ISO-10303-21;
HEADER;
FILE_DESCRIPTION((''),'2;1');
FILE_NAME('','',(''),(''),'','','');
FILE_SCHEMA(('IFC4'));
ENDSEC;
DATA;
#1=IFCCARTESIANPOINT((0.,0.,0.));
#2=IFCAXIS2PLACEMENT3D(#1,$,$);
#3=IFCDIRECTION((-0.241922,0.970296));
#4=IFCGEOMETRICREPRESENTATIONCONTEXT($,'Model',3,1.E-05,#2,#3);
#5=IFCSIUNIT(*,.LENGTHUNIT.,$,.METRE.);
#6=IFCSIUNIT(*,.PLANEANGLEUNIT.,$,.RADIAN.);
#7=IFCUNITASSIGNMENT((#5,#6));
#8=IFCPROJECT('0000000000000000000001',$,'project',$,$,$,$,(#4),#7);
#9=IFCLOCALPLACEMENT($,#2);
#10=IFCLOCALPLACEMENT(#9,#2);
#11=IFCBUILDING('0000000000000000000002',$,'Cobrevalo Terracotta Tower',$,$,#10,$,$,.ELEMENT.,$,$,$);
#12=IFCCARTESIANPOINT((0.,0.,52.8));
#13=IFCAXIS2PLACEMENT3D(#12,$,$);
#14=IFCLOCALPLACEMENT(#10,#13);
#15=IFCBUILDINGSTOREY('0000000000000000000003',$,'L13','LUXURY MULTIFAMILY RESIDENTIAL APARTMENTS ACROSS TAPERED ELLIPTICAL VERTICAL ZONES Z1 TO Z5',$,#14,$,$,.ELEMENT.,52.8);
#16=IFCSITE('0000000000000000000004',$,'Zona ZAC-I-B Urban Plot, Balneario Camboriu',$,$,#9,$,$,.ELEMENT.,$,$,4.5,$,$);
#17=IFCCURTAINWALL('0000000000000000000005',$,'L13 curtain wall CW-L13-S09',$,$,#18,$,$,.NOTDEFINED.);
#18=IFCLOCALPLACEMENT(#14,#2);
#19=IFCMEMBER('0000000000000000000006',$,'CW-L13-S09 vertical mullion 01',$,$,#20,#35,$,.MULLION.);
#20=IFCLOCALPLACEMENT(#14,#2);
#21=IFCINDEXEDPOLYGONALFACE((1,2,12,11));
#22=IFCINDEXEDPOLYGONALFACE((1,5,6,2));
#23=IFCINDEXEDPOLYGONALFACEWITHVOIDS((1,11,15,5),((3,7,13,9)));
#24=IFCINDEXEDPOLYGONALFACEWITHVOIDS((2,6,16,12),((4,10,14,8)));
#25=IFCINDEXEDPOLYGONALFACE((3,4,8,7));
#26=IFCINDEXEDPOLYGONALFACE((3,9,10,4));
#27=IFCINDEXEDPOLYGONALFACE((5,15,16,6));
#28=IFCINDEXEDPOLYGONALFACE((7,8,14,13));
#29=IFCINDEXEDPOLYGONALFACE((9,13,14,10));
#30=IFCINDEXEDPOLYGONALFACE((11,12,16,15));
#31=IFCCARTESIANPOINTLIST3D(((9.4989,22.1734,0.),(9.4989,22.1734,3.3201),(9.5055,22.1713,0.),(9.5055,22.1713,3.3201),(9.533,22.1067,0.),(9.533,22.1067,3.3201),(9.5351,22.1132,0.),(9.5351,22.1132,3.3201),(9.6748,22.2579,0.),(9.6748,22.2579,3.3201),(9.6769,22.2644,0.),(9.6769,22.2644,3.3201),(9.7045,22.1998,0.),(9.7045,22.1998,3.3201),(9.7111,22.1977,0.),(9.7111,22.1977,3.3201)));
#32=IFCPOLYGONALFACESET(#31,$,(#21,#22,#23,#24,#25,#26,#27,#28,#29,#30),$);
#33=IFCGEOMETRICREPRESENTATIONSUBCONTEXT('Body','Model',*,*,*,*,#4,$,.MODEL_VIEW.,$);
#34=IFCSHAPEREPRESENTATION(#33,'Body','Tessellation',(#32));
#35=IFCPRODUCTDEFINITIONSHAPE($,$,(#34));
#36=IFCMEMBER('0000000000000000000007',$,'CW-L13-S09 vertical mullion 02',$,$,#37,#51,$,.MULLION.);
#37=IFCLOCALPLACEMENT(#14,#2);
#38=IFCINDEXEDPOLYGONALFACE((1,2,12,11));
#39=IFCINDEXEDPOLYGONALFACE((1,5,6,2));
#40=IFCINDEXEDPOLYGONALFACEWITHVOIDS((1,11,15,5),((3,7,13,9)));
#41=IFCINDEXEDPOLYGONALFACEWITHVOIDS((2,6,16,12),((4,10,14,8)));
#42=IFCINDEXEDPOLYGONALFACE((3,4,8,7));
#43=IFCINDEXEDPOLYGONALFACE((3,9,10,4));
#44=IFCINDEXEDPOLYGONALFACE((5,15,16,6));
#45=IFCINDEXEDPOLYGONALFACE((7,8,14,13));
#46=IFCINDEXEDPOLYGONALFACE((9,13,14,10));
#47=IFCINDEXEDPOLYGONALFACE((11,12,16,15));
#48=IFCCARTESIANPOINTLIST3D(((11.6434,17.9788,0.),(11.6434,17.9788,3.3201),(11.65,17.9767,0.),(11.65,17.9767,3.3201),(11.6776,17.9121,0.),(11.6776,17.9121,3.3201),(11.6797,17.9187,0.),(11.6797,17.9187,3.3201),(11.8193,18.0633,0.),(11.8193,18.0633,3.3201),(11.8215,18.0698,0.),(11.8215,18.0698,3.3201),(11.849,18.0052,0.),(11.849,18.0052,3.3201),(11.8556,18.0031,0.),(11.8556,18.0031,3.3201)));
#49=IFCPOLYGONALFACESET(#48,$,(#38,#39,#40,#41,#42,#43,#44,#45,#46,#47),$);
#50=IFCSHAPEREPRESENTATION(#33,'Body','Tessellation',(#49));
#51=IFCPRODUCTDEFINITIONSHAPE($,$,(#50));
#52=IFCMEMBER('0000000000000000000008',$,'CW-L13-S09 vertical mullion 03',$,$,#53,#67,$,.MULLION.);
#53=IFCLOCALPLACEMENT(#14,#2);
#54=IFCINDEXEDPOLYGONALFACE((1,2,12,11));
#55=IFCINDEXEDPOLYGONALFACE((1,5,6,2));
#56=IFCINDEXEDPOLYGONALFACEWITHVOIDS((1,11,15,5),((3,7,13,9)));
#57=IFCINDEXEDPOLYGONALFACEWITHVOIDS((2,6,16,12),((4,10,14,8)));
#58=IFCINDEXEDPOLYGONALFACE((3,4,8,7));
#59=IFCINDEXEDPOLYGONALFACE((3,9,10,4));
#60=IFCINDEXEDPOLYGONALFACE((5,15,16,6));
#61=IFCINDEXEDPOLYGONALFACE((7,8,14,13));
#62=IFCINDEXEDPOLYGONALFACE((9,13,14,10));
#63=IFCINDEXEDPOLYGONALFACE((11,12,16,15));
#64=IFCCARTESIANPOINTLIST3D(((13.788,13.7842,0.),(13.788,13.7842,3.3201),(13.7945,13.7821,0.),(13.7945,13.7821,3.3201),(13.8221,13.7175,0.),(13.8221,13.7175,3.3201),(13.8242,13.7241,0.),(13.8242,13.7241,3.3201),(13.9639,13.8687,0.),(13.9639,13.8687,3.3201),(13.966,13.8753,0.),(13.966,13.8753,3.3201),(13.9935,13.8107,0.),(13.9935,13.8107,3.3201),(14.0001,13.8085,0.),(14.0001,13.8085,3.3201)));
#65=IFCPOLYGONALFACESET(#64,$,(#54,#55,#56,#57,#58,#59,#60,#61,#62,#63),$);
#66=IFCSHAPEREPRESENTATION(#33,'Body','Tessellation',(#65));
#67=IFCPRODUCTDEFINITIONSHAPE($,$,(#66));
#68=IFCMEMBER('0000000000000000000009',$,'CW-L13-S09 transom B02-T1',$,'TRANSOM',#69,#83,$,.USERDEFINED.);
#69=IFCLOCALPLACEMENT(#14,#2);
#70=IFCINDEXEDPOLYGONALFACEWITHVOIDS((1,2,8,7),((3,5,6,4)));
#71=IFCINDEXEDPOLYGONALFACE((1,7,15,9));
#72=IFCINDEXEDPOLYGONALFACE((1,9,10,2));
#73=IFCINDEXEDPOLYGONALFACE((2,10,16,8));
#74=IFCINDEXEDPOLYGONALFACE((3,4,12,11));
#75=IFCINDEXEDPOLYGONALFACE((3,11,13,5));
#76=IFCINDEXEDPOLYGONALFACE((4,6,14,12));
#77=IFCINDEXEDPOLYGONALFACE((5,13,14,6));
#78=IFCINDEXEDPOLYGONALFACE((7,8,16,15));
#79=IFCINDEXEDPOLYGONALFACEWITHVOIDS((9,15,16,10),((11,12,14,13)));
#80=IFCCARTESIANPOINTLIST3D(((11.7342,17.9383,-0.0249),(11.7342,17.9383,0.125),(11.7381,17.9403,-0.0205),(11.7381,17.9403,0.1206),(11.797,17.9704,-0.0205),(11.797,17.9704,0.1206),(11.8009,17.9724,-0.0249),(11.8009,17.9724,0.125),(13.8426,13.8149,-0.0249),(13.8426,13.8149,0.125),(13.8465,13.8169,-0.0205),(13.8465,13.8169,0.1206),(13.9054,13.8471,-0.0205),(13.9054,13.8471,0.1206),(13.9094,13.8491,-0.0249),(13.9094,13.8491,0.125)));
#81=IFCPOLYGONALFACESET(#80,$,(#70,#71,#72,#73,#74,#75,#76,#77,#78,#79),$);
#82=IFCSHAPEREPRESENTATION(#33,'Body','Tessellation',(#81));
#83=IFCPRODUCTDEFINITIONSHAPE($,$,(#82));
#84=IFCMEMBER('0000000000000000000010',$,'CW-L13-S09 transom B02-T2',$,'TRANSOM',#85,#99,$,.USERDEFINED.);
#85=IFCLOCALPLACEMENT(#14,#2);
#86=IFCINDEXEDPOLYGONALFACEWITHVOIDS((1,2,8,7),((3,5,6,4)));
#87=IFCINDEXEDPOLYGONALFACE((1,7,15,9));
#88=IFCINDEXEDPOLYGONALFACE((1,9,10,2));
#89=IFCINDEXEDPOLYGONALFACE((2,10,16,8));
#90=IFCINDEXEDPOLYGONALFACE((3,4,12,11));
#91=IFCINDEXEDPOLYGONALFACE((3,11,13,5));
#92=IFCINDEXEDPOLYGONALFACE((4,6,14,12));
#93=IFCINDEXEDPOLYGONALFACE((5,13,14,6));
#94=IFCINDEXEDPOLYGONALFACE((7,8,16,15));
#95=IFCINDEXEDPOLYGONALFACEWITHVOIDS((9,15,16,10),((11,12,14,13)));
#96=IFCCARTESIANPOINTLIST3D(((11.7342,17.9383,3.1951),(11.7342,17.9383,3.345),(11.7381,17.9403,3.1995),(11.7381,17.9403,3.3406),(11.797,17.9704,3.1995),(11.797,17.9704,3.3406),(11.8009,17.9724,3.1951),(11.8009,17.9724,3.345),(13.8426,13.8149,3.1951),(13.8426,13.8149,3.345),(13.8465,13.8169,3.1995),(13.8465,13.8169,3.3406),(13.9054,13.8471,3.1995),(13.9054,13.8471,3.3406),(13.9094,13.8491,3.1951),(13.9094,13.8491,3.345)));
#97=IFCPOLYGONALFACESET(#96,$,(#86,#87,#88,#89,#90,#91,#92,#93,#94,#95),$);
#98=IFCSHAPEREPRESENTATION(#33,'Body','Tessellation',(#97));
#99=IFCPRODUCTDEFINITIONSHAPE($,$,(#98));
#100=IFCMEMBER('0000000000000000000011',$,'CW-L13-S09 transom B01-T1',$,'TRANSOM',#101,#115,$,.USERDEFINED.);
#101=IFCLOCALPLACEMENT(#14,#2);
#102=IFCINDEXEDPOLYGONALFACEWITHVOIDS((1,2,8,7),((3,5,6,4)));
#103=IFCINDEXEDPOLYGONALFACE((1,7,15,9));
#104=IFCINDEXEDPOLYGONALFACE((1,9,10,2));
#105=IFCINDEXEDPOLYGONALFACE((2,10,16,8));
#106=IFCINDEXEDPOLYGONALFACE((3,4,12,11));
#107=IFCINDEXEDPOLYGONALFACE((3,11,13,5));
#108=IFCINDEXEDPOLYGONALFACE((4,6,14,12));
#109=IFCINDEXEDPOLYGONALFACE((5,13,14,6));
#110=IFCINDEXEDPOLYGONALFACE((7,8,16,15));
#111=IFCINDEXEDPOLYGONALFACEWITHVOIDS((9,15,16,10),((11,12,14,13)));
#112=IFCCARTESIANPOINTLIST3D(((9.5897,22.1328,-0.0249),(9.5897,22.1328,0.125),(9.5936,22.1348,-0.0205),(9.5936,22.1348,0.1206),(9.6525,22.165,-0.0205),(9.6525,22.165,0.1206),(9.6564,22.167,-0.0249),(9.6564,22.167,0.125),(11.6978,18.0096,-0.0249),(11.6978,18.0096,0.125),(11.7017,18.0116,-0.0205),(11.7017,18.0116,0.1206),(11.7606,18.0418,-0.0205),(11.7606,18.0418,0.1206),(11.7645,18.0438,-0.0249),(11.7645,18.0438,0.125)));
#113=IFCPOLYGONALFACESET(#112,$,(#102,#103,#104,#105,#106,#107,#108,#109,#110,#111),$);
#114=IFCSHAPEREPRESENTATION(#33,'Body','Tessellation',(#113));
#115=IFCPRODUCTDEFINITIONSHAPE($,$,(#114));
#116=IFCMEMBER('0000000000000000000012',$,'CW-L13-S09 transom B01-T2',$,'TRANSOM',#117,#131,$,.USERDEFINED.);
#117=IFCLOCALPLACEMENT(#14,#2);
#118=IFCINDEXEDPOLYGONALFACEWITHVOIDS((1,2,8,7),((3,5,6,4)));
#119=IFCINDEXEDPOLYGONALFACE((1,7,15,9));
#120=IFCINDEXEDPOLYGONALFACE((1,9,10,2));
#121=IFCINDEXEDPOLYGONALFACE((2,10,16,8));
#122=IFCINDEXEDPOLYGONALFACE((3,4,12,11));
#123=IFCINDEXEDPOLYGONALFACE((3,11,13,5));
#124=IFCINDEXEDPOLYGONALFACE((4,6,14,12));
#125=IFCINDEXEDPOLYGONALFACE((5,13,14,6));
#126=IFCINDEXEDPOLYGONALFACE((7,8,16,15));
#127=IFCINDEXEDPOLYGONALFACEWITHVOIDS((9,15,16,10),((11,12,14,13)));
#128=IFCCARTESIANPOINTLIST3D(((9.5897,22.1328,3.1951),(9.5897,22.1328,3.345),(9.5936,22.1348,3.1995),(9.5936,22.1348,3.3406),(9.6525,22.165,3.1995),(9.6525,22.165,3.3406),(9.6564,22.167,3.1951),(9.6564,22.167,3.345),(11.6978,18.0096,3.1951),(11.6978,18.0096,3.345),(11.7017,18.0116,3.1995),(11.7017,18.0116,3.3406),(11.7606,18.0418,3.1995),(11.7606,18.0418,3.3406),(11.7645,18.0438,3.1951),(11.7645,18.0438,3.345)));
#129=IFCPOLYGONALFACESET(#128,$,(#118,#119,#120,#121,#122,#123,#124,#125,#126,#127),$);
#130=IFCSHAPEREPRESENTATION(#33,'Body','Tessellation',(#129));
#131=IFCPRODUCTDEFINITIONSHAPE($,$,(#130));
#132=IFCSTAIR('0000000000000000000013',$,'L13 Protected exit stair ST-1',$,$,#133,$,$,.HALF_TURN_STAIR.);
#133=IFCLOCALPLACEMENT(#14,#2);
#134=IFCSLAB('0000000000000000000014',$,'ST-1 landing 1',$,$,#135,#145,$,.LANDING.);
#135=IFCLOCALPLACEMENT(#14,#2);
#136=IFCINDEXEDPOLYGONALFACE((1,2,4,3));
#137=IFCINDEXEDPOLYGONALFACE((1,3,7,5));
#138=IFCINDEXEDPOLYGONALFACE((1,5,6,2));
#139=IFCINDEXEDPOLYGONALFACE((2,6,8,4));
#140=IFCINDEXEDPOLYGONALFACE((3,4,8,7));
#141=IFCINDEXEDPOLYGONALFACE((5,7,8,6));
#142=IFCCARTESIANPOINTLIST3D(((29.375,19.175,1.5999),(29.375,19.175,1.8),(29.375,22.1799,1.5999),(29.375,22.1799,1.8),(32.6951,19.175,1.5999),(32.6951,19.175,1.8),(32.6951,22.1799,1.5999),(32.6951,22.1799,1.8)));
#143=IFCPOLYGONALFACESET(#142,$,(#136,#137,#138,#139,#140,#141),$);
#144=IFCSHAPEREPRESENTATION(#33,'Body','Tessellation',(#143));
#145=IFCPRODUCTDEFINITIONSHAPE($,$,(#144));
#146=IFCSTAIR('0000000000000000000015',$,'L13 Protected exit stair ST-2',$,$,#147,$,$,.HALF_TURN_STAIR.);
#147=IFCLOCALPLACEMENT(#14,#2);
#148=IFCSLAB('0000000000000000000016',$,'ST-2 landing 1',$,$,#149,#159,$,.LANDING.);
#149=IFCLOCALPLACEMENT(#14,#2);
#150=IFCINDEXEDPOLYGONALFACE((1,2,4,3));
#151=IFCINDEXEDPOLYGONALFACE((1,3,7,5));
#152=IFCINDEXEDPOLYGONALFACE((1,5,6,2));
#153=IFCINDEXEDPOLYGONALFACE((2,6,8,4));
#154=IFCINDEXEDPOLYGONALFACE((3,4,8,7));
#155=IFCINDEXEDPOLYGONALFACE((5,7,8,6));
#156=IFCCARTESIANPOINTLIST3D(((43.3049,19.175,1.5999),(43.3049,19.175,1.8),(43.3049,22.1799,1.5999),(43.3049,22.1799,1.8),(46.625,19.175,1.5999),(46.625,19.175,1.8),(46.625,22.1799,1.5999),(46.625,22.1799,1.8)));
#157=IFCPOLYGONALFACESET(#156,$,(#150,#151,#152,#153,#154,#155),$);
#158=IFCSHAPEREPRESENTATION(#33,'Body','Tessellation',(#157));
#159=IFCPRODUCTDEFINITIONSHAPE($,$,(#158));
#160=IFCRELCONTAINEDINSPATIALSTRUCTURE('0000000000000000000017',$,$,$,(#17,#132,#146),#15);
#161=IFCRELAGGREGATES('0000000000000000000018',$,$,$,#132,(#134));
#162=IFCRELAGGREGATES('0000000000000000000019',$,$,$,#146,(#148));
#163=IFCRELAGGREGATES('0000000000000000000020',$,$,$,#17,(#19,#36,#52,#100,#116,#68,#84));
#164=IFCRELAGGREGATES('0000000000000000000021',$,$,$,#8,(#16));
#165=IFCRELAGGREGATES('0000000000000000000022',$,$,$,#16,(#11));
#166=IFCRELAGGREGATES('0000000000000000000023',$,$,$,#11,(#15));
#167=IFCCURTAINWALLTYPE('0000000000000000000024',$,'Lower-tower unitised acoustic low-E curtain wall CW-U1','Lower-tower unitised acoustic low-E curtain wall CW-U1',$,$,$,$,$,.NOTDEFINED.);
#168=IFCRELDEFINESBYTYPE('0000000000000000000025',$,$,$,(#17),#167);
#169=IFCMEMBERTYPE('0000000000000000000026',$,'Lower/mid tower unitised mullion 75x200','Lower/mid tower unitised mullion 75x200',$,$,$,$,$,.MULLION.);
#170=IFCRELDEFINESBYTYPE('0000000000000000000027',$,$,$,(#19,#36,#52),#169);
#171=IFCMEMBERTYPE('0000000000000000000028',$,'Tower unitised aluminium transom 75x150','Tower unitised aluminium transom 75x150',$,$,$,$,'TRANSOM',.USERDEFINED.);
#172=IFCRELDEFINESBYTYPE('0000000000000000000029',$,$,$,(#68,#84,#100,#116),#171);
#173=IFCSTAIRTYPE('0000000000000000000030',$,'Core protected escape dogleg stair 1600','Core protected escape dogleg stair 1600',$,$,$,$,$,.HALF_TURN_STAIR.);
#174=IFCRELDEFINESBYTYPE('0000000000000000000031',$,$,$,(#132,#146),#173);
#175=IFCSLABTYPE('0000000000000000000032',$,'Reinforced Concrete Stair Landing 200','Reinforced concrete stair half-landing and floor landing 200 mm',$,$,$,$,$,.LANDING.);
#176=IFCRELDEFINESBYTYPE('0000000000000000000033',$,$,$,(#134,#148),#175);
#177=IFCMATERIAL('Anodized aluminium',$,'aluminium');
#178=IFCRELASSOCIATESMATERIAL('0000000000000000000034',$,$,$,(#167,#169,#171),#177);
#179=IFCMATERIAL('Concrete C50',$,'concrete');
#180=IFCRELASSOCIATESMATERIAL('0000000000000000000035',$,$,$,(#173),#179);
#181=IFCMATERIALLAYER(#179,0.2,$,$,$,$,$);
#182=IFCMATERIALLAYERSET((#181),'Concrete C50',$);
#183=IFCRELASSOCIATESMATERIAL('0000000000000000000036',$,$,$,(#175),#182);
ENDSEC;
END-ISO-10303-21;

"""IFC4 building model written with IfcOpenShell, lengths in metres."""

from ifc_helpers import new_model, si_unit, direction, frame, origin, origin_2d, place, context, subcontext, project, spatial, polyline, hollow_rectangle, outline, extrude, source, transform, mapped, material, layer, layer_set, material_profile, profile_set, type_object, element, aggregate, save


model = new_model("IFC4")

# Units and contexts
model_context = context("Model", 3, precision=1e-05, world=origin(), true_north=direction((-0.241922, 0.970296)))
body_context = subcontext(model_context, "Body", "Model", "MODEL_VIEW")
ifc_project = project(units=[si_unit("LENGTHUNIT", "METRE"), si_unit("PLANEANGLEUNIT", "RADIAN")], contexts=[model_context])

# Site, building, storey
site_placement = place(None, origin())
site = spatial("IfcSite", under=ifc_project, at=site_placement, Name="Zona ZAC-I-B Urban Plot, Balneario Camboriu", CompositionType="ELEMENT", RefElevation=4.5)
building_placement = place(site_placement, origin())
building = spatial("IfcBuilding", under=site, at=building_placement, Name="Cobrevalo Terracotta Tower", CompositionType="ELEMENT")
storey_placement = place(building_placement, frame((0.0, 0.0, 52.8)))
storey = spatial("IfcBuildingStorey", under=building, at=storey_placement, Name="L13", Description="LUXURY MULTIFAMILY RESIDENTIAL APARTMENTS ACROSS TAPERED ELLIPTICAL VERTICAL ZONES Z1 TO Z5", CompositionType="ELEMENT", Elevation=52.8)

# Curtain wall, members
ifc_material_1 = material(Name="Anodized aluminium", Category="aluminium")
curtain_wall_type = type_object("IfcCurtainWallType", Name="Lower-tower unitised acoustic low-E curtain wall CW-U1", Description="Lower-tower unitised acoustic low-E curtain wall CW-U1", PredefinedType="NOTDEFINED", material=ifc_material_1)
curtain_wall_placement = place(storey_placement, origin())
curtain_wall = element("IfcCurtainWall", 1, at=curtain_wall_placement, inside=storey, type_object=curtain_wall_type, Name="L13 curtain wall CW-L13-S09", PredefinedType="NOTDEFINED")
ifc_material_profile_1 = material_profile(ifc_material_1, hollow_rectangle(XDim=0.075, YDim=0.2, WallThickness=0.0049, at=origin_2d()), Name="CWM 75x200")
ifc_profile_set_1 = profile_set([ifc_material_profile_1], Name="Anodized aluminium")
member_type_1 = type_object("IfcMemberType", Name="Lower/mid tower unitised mullion 75x200", Description="Lower/mid tower unitised mullion 75x200", PredefinedType="MULLION", material=ifc_profile_set_1)
shared_shape_1 = source(origin(), body_context, "Body", "SweptSolid", [
    extrude(hollow_rectangle(XDim=0.075, YDim=0.2, WallThickness=0.0049, at=origin_2d()), origin(), (0.0, 0.0, 1.0), 3.3201),
])
member_1_placement = place(storey_placement, frame((9.605, 22.1855, 0.0), z_axis=(0.0, 0.0, 1.0), x_axis=(0.455234, -0.890372, 0.0)))
member_1 = element("IfcMember", 2, at=member_1_placement, type_object=member_type_1, Name="CW-L13-S09 vertical mullion 01", PredefinedType="MULLION", context=body_context, shape_type="MappedRepresentation", body=[
    mapped(shared_shape_1, transform((0.0, 0.0, 0.0), scale=1.0)),
])
member_2_placement = place(storey_placement, frame((11.7495, 17.991, 0.0), z_axis=(0.0, 0.0, 1.0), x_axis=(0.455234, -0.890372, 0.0)))
member_2 = element("IfcMember", 3, at=member_2_placement, type_object=member_type_1, Name="CW-L13-S09 vertical mullion 02", PredefinedType="MULLION", context=body_context, shape_type="MappedRepresentation", body=[
    mapped(shared_shape_1, transform((0.0, 0.0, 0.0), scale=1.0)),
])
member_3_placement = place(storey_placement, frame((13.894, 13.7964, 0.0), z_axis=(0.0, 0.0, 1.0), x_axis=(0.455234, -0.890372, 0.0)))
member_3 = element("IfcMember", 4, at=member_3_placement, type_object=member_type_1, Name="CW-L13-S09 vertical mullion 03", PredefinedType="MULLION", context=body_context, shape_type="MappedRepresentation", body=[
    mapped(shared_shape_1, transform((0.0, 0.0, 0.0), scale=1.0)),
])
ifc_material_profile_2 = material_profile(ifc_material_1, hollow_rectangle(XDim=0.075, YDim=0.1499, WallThickness=0.0044, at=origin_2d()), Name="CWT 75x150")
ifc_profile_set_2 = profile_set([ifc_material_profile_2], Name="Anodized aluminium")
member_type_2 = type_object("IfcMemberType", Name="Tower unitised aluminium transom 75x150", Description="Tower unitised aluminium transom 75x150", ElementType="TRANSOM", PredefinedType="USERDEFINED", material=ifc_profile_set_2)
shared_shape_2 = source(origin(), body_context, "Body", "SweptSolid", [
    extrude(hollow_rectangle(XDim=0.075, YDim=0.1499, WallThickness=0.0044, at=origin_2d()), origin(), (0.0, 0.0, 1.0), 4.6311),
])
member_4_placement = place(storey_placement, frame((11.7676, 17.9553, 0.05), z_axis=(0.455272, -0.890353, 0.0), x_axis=(0.890353, 0.455272, 0.0)))
member_4 = element("IfcMember", 5, at=member_4_placement, type_object=member_type_2, Name="CW-L13-S09 transom B02-T1", ObjectType="TRANSOM", PredefinedType="USERDEFINED", context=body_context, shape_type="MappedRepresentation", body=[
    mapped(shared_shape_2, transform((0.0, 0.0, 0.0), scale=1.0)),
])
member_5_placement = place(storey_placement, frame((11.7676, 17.9553, 3.27), z_axis=(0.455272, -0.890353, 0.0), x_axis=(0.890353, 0.455272, 0.0)))
member_5 = element("IfcMember", 6, at=member_5_placement, type_object=member_type_2, Name="CW-L13-S09 transom B02-T2", ObjectType="TRANSOM", PredefinedType="USERDEFINED", context=body_context, shape_type="MappedRepresentation", body=[
    mapped(shared_shape_2, transform((0.0, 0.0, 0.0), scale=1.0)),
])
shared_shape_3 = source(origin(), body_context, "Body", "SweptSolid", [
    extrude(hollow_rectangle(XDim=0.075, YDim=0.1499, WallThickness=0.0044, at=origin_2d()), origin(), (0.0, 0.0, 1.0), 4.6309),
])
member_6_placement = place(storey_placement, frame((9.623, 22.1499, 0.05), z_axis=(0.45523, -0.890374, 0.0), x_axis=(0.890374, 0.45523, 0.0)))
member_6 = element("IfcMember", 7, at=member_6_placement, type_object=member_type_2, Name="CW-L13-S09 transom B01-T1", ObjectType="TRANSOM", PredefinedType="USERDEFINED", context=body_context, shape_type="MappedRepresentation", body=[
    mapped(shared_shape_3, transform((0.0, 0.0, 0.0), scale=1.0)),
])
member_7_placement = place(storey_placement, frame((9.623, 22.1499, 3.27), z_axis=(0.45523, -0.890374, 0.0), x_axis=(0.890374, 0.45523, 0.0)))
member_7 = element("IfcMember", 8, at=member_7_placement, type_object=member_type_2, Name="CW-L13-S09 transom B01-T2", ObjectType="TRANSOM", PredefinedType="USERDEFINED", context=body_context, shape_type="MappedRepresentation", body=[
    mapped(shared_shape_3, transform((0.0, 0.0, 0.0), scale=1.0)),
])

# Stairs, slabs
ifc_material_2 = material(Name="Concrete C50", Category="concrete")
stair_type = type_object("IfcStairType", Name="Core protected escape dogleg stair 1600", Description="Core protected escape dogleg stair 1600", PredefinedType="HALF_TURN_STAIR", material=ifc_material_2)
stair_1_placement = place(storey_placement, origin())
stair_1 = element("IfcStair", 9, at=stair_1_placement, inside=storey, type_object=stair_type, Name="L13 Protected exit stair ST-1", PredefinedType="HALF_TURN_STAIR")
ifc_layer_1 = layer(ifc_material_2, 0.2)
ifc_layer_set_1 = layer_set([ifc_layer_1], Name="Concrete C50")
slab_type_1 = type_object("IfcSlabType", Name="Reinforced Concrete Stair Landing 200", Description="Reinforced concrete stair half-landing and floor landing 200 mm", PredefinedType="LANDING", material=ifc_layer_set_1)
slab_1_placement = place(storey_placement, frame((0.0, 0.0, 1.5999)))
slab_1 = element("IfcSlab", 10, at=slab_1_placement, type_object=slab_type_1, Name="ST-1 landing 1", PredefinedType="LANDING", context=body_context, shape_type="SweptSolid", body=[
    extrude(outline(polyline([(29.375, 22.1799), (29.375, 19.175), (32.6951, 19.175), (32.6951, 22.1799), (29.375, 22.1799)])), origin(), (0.0, 0.0, 1.0), 0.2002),
])
aggregate(stair_1, [slab_1])
stair_2_placement = place(storey_placement, origin())
stair_2 = element("IfcStair", 11, at=stair_2_placement, inside=storey, type_object=stair_type, Name="L13 Protected exit stair ST-2", PredefinedType="HALF_TURN_STAIR")
slab_2_placement = place(storey_placement, frame((0.0, 0.0, 1.5999)))
slab_2 = element("IfcSlab", 12, at=slab_2_placement, type_object=slab_type_1, Name="ST-2 landing 1", PredefinedType="LANDING", context=body_context, shape_type="SweptSolid", body=[
    extrude(outline(polyline([(43.3049, 22.1799), (43.3049, 19.175), (46.625, 19.175), (46.625, 22.1799), (43.3049, 22.1799)])), origin(), (0.0, 0.0, 1.0), 0.2002),
])
aggregate(stair_2, [slab_2])

aggregate(curtain_wall, [member_1, member_2, member_3, member_6, member_7, member_4, member_5])

save(model, "model.ifc")
